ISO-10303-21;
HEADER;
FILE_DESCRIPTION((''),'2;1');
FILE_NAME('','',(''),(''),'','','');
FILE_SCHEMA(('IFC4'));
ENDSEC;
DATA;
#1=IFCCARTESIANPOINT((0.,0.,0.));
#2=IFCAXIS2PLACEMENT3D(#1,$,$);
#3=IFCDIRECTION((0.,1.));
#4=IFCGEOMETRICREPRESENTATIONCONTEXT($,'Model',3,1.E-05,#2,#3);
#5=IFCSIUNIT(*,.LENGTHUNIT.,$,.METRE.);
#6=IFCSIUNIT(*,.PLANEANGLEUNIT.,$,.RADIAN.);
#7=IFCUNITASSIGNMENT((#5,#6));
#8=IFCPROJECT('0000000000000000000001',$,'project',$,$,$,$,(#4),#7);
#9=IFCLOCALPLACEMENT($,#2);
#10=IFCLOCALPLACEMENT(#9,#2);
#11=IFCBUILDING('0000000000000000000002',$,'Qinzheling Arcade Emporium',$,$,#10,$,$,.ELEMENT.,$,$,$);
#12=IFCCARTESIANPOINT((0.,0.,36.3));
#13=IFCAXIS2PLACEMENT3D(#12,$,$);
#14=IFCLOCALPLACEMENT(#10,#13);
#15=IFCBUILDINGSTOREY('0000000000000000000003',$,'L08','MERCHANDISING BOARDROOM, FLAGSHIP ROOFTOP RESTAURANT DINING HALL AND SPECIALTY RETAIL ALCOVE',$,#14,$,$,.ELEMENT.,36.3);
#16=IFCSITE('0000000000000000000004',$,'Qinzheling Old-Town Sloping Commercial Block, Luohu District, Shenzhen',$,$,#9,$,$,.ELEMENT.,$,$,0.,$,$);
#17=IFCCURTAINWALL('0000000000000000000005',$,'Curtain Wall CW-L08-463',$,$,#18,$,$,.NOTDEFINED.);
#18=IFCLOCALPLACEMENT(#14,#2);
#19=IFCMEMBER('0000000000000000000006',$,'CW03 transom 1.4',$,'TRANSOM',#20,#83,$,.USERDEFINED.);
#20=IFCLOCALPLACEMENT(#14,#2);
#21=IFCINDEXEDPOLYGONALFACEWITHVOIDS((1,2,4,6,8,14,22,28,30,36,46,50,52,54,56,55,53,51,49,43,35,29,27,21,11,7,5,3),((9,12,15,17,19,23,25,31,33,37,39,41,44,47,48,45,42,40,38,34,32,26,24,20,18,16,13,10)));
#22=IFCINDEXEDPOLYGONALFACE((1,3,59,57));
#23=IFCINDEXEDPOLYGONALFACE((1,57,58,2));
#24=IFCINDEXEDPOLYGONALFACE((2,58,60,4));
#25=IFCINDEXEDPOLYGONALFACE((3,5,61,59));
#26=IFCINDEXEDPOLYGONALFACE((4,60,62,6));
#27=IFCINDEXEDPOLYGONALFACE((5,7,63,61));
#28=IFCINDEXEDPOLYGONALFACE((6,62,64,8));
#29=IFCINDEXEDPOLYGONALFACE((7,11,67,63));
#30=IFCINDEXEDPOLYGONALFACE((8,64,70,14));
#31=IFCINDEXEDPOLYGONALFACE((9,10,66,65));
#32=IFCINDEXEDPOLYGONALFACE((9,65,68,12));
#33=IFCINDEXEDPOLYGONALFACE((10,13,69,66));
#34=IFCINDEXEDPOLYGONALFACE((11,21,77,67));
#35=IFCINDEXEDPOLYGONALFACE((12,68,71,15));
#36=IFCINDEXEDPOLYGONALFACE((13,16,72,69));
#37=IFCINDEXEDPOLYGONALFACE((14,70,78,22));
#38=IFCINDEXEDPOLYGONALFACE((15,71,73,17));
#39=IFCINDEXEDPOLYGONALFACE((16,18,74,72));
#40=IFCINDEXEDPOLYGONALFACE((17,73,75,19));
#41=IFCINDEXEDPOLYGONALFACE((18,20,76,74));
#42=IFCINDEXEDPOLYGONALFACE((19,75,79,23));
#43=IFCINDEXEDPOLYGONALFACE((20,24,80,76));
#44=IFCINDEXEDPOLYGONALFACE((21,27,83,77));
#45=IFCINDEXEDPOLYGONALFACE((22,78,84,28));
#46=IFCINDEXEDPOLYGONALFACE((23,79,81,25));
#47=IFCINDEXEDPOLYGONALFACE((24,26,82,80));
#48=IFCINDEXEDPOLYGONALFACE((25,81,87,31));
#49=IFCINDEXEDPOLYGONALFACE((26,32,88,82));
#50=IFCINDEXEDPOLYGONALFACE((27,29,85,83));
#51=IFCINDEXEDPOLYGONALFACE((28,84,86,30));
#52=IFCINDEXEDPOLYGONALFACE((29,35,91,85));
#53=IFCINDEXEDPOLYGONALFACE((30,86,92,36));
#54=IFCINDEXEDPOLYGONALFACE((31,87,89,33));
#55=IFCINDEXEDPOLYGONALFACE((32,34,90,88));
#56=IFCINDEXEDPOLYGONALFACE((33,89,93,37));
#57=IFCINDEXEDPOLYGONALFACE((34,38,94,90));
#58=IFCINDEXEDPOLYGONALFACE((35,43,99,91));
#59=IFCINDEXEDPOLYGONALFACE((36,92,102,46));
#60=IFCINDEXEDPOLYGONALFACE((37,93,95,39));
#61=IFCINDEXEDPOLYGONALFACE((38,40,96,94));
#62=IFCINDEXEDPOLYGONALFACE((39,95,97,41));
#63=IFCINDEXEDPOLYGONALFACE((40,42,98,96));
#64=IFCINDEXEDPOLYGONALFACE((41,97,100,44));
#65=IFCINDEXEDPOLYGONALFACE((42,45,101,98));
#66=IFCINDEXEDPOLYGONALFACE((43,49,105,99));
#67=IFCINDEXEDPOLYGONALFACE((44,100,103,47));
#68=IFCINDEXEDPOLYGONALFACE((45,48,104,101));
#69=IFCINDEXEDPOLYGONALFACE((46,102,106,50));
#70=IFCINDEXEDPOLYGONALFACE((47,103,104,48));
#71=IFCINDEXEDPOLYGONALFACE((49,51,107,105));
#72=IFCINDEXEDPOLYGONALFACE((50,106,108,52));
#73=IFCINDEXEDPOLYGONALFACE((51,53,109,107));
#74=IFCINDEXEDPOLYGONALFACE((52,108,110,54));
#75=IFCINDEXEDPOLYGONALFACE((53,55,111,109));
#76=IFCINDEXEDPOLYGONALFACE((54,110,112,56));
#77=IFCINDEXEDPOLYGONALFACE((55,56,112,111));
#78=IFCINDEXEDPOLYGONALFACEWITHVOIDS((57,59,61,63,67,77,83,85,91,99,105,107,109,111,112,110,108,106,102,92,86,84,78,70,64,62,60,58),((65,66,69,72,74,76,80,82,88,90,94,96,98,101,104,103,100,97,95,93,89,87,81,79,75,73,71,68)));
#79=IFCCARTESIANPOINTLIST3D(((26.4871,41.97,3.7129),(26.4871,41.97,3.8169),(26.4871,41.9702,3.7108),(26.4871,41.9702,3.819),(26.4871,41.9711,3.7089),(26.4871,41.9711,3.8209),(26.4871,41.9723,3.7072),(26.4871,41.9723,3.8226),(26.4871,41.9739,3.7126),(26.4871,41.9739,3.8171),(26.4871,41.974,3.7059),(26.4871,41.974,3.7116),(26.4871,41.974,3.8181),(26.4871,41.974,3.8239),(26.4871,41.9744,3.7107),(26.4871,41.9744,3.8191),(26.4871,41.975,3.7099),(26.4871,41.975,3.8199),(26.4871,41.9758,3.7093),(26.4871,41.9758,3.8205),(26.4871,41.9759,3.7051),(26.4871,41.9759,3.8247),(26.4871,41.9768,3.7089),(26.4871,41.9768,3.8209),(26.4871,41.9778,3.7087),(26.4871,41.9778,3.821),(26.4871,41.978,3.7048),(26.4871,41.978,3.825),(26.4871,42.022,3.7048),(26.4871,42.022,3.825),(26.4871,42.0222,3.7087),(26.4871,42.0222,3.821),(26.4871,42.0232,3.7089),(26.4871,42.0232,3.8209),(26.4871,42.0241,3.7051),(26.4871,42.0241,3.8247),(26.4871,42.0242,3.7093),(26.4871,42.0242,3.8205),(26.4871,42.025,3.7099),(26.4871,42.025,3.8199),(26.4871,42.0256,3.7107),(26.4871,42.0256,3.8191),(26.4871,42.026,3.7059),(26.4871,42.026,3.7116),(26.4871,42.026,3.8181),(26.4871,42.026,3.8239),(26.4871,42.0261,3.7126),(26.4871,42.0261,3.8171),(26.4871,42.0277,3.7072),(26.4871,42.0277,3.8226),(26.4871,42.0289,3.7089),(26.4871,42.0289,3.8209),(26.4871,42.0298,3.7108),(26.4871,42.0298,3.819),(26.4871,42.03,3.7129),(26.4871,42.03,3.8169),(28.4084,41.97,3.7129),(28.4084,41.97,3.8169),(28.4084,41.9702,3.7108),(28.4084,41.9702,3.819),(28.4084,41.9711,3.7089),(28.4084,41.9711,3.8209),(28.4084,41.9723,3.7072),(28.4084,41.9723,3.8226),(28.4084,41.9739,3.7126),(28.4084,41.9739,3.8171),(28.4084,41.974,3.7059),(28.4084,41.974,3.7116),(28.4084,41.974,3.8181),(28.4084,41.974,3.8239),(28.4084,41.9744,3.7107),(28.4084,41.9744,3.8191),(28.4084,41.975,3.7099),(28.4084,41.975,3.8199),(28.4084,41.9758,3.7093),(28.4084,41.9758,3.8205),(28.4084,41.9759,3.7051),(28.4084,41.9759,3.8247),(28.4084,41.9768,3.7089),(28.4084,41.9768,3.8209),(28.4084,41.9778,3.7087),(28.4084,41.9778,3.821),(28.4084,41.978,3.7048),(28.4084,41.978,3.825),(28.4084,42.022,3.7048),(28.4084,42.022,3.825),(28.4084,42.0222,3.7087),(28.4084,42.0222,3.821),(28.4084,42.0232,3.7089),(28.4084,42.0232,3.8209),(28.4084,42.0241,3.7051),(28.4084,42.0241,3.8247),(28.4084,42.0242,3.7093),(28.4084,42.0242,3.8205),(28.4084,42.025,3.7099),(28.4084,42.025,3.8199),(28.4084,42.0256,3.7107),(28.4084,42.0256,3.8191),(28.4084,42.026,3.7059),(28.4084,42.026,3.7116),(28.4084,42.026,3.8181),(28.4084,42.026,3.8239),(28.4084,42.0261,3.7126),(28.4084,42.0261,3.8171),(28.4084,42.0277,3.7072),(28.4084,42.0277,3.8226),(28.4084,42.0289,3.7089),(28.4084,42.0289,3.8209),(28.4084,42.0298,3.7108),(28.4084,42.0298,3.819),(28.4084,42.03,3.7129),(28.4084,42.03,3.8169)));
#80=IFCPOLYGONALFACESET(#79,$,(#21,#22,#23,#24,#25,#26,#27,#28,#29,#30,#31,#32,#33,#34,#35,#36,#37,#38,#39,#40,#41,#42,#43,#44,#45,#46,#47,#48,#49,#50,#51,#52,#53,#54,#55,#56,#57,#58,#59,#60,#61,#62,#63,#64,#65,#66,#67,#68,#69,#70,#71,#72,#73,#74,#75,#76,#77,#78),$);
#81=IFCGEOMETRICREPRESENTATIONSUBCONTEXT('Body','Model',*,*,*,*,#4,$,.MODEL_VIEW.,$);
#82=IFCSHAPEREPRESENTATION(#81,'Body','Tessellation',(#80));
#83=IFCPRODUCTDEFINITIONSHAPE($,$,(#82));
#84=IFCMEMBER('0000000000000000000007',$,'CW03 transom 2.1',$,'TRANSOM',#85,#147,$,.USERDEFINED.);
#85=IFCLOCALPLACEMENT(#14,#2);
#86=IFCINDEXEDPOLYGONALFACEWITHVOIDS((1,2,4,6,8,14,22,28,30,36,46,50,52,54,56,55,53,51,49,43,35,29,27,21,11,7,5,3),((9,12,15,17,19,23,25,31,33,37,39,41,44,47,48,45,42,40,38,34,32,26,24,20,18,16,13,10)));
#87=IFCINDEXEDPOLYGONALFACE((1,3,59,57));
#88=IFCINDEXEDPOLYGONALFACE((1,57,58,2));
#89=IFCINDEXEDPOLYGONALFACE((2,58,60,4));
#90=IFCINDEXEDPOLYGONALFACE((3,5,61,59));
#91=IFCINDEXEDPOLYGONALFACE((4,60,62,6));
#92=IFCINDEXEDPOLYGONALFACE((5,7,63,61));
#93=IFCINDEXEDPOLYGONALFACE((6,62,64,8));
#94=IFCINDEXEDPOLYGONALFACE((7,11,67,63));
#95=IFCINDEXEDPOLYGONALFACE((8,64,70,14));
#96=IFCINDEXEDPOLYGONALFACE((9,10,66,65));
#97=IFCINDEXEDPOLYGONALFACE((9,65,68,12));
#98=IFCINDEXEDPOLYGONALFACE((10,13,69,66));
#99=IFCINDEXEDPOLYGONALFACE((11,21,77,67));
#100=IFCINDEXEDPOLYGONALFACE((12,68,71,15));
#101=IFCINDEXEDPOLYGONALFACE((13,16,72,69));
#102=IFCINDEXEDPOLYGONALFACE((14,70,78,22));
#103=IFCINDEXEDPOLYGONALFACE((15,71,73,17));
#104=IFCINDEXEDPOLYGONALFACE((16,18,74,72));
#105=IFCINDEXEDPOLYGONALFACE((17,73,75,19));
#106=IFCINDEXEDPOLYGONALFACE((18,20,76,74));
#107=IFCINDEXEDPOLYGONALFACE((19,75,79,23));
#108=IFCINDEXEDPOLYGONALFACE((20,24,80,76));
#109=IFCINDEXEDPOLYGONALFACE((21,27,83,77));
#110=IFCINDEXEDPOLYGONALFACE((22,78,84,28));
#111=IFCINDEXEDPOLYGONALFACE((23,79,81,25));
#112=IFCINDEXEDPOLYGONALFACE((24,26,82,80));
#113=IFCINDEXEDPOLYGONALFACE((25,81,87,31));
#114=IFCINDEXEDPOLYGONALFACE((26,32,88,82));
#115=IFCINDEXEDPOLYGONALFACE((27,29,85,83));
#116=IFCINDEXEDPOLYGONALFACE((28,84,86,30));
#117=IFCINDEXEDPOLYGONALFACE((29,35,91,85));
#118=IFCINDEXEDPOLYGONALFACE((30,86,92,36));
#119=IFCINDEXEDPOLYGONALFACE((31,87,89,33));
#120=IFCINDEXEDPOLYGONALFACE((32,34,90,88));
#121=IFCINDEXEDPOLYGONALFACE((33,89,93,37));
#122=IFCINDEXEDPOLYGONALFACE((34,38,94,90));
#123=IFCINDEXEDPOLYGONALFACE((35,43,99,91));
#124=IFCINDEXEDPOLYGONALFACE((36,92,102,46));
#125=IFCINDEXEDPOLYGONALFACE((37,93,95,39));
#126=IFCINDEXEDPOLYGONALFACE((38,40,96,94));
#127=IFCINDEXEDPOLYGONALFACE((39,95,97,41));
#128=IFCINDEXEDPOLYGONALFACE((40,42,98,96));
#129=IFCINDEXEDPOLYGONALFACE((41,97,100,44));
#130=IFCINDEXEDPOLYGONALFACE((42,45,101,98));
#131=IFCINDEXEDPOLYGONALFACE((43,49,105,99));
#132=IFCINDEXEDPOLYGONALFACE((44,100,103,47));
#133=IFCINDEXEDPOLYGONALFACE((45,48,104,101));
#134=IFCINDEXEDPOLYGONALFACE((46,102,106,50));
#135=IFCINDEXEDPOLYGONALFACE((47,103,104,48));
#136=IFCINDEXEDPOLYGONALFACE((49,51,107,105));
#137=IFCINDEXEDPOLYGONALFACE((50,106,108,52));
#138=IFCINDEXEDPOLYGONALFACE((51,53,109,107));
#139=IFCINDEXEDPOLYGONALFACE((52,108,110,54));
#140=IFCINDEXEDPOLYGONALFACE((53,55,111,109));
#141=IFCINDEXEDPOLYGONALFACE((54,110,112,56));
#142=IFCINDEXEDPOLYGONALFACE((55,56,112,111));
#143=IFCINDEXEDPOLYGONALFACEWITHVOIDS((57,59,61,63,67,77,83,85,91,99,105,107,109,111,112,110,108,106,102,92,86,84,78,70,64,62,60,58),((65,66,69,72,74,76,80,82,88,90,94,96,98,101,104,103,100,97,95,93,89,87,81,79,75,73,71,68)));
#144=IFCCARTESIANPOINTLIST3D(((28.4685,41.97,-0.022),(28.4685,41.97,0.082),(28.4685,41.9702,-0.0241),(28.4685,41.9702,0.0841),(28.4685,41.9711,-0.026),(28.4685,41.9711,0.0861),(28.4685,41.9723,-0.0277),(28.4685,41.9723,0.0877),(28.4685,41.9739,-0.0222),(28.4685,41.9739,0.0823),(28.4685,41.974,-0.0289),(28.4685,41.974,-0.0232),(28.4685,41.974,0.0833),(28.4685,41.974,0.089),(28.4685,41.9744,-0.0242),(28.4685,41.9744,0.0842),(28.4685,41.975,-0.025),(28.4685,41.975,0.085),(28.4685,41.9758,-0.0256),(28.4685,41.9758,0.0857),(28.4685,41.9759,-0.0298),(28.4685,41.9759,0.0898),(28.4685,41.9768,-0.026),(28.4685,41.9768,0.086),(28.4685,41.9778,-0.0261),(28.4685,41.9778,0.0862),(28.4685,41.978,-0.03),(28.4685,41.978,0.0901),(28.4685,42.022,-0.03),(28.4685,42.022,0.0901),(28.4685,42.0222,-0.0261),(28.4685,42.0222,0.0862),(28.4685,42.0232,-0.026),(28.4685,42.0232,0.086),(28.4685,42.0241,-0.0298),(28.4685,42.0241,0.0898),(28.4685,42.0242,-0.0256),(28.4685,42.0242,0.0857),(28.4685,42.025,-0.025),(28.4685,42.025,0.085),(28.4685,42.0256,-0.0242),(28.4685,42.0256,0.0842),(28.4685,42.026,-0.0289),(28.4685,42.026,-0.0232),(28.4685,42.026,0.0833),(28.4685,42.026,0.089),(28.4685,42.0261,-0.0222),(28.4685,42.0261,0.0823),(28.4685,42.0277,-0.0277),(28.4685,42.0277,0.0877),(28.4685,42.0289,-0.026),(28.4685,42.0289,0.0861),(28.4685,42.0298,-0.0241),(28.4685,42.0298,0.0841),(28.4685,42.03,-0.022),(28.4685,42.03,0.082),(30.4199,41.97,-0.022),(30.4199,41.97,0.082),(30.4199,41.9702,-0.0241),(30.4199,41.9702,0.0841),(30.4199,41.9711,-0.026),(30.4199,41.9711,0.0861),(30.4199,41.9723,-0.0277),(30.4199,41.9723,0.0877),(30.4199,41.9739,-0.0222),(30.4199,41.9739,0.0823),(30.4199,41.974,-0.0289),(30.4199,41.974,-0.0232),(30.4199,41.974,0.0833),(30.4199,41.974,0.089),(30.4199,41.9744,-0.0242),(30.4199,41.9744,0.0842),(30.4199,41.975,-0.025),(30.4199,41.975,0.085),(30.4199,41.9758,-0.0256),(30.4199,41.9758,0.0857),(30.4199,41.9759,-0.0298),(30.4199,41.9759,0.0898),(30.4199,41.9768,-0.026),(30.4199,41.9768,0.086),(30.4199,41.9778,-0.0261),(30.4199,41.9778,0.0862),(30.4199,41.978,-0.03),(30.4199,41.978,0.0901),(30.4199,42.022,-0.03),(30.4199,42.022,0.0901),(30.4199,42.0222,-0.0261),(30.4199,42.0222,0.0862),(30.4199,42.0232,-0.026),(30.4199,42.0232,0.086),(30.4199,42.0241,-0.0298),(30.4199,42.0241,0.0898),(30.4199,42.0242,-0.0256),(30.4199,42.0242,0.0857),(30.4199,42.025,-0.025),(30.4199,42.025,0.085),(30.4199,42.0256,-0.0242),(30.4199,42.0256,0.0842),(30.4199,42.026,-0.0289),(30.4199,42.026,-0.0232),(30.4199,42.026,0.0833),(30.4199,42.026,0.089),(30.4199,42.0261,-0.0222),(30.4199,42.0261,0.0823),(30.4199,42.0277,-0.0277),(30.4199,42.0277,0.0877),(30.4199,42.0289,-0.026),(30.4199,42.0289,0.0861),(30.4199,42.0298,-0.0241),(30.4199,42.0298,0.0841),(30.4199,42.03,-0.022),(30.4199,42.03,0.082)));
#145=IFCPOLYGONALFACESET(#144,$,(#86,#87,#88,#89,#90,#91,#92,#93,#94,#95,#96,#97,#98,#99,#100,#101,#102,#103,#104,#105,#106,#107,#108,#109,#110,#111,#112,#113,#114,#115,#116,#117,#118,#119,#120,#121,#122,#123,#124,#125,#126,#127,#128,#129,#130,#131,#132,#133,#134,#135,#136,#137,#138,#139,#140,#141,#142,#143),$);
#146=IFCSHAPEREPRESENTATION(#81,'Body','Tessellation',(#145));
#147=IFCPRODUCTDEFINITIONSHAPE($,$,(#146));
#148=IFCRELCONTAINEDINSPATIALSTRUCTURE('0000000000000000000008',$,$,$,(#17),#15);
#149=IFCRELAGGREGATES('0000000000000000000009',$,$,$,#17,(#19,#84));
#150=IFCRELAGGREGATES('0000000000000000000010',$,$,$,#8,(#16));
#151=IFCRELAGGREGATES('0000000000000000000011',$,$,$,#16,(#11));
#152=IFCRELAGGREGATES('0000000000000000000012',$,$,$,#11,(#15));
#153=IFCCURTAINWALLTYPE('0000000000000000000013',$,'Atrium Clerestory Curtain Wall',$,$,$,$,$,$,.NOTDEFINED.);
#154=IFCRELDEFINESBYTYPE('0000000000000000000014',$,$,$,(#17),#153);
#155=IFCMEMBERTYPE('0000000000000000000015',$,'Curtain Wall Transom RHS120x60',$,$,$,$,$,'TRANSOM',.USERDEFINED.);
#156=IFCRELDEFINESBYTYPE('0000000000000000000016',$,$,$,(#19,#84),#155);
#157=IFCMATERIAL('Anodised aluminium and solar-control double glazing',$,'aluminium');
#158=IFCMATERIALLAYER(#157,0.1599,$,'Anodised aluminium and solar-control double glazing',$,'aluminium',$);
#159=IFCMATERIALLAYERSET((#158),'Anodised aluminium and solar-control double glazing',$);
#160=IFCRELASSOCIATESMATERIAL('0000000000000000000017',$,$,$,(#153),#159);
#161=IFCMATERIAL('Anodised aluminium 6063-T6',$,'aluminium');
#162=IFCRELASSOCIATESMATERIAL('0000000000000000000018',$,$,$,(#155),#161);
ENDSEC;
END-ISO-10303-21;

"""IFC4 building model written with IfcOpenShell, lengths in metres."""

from ifc_helpers import new_model, si_unit, direction, frame, origin, origin_2d, place, context, subcontext, project, spatial, hollow_rectangle, extrude, material, layer, layer_set, material_profile, profile_set, type_object, element, aggregate, save


model = new_model("IFC4")

# Units and contexts
model_context = context("Model", 3, precision=1e-05, world=origin(), true_north=direction((0.0, 1.0)))
body_context = subcontext(model_context, "Body", "Model", "MODEL_VIEW")
ifc_project = project(units=[si_unit("LENGTHUNIT", "METRE"), si_unit("PLANEANGLEUNIT", "RADIAN")], contexts=[model_context])

# Site, building, storey
site_placement = place(None, origin())
site = spatial("IfcSite", under=ifc_project, at=site_placement, Name="Qinzheling Old-Town Sloping Commercial Block, Luohu District, Shenzhen", CompositionType="ELEMENT", RefElevation=0.0)
building_placement = place(site_placement, origin())
building = spatial("IfcBuilding", under=site, at=building_placement, Name="Qinzheling Arcade Emporium", CompositionType="ELEMENT")
storey_placement = place(building_placement, frame((0.0, 0.0, 36.3)))
storey = spatial("IfcBuildingStorey", under=building, at=storey_placement, Name="L08", Description="MERCHANDISING BOARDROOM, FLAGSHIP ROOFTOP RESTAURANT DINING HALL AND SPECIALTY RETAIL ALCOVE", CompositionType="ELEMENT", Elevation=36.3)

# Curtain wall, members
ifc_material_1 = material(Name="Anodised aluminium and solar-control double glazing", Category="aluminium")
ifc_layer_1 = layer(ifc_material_1, 0.1599, Name="Anodised aluminium and solar-control double glazing", Category="aluminium")
ifc_layer_set_1 = layer_set([ifc_layer_1], Name="Anodised aluminium and solar-control double glazing")
curtain_wall_type = type_object("IfcCurtainWallType", Name="Atrium Clerestory Curtain Wall", PredefinedType="NOTDEFINED", material=ifc_layer_set_1)
curtain_wall_placement = place(storey_placement, origin())
curtain_wall = element("IfcCurtainWall", 1, at=curtain_wall_placement, inside=storey, type_object=curtain_wall_type, Name="Curtain Wall CW-L08-463", PredefinedType="NOTDEFINED")
ifc_material_2 = material(Name="Anodised aluminium 6063-T6", Category="aluminium")
ifc_material_profile_1 = material_profile(ifc_material_2, hollow_rectangle(XDim=0.0601, YDim=0.1201, WallThickness=0.0039, InnerFilletRadius=0.0039, OuterFilletRadius=0.0081, at=origin_2d()), Name="RHS 120x60x4", Category="aluminium")
ifc_profile_set_1 = profile_set([ifc_material_profile_1], Name="Anodised aluminium 6063-T6")
member_type_1 = type_object("IfcMemberType", Name="Curtain Wall Transom RHS120x60", ElementType="TRANSOM", PredefinedType="USERDEFINED", material=ifc_profile_set_1)
member_1_placement = place(storey_placement, frame((26.4871, 42.0, 3.7649), z_axis=(1.0, 0.0, 0.0), x_axis=(0.0, 1.0, 0.0)))
member_1 = element("IfcMember", 2, at=member_1_placement, type_object=member_type_1, Name="CW03 transom 1.4", ObjectType="TRANSOM", PredefinedType="USERDEFINED", context=body_context, shape_type="SweptSolid", body=[
    extrude(hollow_rectangle(XDim=0.0601, YDim=0.1201, WallThickness=0.0039, InnerFilletRadius=0.0039, OuterFilletRadius=0.0081, at=origin_2d()), origin(), (0.0, 0.0, 1.0), 1.9214),
])
member_2_placement = place(storey_placement, frame((28.4685, 42.0, 0.03), z_axis=(1.0, 0.0, 0.0), x_axis=(0.0, 1.0, 0.0)))
member_2 = element("IfcMember", 3, at=member_2_placement, type_object=member_type_1, Name="CW03 transom 2.1", ObjectType="TRANSOM", PredefinedType="USERDEFINED", context=body_context, shape_type="SweptSolid", body=[
    extrude(hollow_rectangle(XDim=0.0601, YDim=0.1201, WallThickness=0.0039, InnerFilletRadius=0.0039, OuterFilletRadius=0.0081, at=origin_2d()), origin(), (0.0, 0.0, 1.0), 1.9514),
])

aggregate(curtain_wall, [member_1, member_2])

save(model, "model.ifc")
